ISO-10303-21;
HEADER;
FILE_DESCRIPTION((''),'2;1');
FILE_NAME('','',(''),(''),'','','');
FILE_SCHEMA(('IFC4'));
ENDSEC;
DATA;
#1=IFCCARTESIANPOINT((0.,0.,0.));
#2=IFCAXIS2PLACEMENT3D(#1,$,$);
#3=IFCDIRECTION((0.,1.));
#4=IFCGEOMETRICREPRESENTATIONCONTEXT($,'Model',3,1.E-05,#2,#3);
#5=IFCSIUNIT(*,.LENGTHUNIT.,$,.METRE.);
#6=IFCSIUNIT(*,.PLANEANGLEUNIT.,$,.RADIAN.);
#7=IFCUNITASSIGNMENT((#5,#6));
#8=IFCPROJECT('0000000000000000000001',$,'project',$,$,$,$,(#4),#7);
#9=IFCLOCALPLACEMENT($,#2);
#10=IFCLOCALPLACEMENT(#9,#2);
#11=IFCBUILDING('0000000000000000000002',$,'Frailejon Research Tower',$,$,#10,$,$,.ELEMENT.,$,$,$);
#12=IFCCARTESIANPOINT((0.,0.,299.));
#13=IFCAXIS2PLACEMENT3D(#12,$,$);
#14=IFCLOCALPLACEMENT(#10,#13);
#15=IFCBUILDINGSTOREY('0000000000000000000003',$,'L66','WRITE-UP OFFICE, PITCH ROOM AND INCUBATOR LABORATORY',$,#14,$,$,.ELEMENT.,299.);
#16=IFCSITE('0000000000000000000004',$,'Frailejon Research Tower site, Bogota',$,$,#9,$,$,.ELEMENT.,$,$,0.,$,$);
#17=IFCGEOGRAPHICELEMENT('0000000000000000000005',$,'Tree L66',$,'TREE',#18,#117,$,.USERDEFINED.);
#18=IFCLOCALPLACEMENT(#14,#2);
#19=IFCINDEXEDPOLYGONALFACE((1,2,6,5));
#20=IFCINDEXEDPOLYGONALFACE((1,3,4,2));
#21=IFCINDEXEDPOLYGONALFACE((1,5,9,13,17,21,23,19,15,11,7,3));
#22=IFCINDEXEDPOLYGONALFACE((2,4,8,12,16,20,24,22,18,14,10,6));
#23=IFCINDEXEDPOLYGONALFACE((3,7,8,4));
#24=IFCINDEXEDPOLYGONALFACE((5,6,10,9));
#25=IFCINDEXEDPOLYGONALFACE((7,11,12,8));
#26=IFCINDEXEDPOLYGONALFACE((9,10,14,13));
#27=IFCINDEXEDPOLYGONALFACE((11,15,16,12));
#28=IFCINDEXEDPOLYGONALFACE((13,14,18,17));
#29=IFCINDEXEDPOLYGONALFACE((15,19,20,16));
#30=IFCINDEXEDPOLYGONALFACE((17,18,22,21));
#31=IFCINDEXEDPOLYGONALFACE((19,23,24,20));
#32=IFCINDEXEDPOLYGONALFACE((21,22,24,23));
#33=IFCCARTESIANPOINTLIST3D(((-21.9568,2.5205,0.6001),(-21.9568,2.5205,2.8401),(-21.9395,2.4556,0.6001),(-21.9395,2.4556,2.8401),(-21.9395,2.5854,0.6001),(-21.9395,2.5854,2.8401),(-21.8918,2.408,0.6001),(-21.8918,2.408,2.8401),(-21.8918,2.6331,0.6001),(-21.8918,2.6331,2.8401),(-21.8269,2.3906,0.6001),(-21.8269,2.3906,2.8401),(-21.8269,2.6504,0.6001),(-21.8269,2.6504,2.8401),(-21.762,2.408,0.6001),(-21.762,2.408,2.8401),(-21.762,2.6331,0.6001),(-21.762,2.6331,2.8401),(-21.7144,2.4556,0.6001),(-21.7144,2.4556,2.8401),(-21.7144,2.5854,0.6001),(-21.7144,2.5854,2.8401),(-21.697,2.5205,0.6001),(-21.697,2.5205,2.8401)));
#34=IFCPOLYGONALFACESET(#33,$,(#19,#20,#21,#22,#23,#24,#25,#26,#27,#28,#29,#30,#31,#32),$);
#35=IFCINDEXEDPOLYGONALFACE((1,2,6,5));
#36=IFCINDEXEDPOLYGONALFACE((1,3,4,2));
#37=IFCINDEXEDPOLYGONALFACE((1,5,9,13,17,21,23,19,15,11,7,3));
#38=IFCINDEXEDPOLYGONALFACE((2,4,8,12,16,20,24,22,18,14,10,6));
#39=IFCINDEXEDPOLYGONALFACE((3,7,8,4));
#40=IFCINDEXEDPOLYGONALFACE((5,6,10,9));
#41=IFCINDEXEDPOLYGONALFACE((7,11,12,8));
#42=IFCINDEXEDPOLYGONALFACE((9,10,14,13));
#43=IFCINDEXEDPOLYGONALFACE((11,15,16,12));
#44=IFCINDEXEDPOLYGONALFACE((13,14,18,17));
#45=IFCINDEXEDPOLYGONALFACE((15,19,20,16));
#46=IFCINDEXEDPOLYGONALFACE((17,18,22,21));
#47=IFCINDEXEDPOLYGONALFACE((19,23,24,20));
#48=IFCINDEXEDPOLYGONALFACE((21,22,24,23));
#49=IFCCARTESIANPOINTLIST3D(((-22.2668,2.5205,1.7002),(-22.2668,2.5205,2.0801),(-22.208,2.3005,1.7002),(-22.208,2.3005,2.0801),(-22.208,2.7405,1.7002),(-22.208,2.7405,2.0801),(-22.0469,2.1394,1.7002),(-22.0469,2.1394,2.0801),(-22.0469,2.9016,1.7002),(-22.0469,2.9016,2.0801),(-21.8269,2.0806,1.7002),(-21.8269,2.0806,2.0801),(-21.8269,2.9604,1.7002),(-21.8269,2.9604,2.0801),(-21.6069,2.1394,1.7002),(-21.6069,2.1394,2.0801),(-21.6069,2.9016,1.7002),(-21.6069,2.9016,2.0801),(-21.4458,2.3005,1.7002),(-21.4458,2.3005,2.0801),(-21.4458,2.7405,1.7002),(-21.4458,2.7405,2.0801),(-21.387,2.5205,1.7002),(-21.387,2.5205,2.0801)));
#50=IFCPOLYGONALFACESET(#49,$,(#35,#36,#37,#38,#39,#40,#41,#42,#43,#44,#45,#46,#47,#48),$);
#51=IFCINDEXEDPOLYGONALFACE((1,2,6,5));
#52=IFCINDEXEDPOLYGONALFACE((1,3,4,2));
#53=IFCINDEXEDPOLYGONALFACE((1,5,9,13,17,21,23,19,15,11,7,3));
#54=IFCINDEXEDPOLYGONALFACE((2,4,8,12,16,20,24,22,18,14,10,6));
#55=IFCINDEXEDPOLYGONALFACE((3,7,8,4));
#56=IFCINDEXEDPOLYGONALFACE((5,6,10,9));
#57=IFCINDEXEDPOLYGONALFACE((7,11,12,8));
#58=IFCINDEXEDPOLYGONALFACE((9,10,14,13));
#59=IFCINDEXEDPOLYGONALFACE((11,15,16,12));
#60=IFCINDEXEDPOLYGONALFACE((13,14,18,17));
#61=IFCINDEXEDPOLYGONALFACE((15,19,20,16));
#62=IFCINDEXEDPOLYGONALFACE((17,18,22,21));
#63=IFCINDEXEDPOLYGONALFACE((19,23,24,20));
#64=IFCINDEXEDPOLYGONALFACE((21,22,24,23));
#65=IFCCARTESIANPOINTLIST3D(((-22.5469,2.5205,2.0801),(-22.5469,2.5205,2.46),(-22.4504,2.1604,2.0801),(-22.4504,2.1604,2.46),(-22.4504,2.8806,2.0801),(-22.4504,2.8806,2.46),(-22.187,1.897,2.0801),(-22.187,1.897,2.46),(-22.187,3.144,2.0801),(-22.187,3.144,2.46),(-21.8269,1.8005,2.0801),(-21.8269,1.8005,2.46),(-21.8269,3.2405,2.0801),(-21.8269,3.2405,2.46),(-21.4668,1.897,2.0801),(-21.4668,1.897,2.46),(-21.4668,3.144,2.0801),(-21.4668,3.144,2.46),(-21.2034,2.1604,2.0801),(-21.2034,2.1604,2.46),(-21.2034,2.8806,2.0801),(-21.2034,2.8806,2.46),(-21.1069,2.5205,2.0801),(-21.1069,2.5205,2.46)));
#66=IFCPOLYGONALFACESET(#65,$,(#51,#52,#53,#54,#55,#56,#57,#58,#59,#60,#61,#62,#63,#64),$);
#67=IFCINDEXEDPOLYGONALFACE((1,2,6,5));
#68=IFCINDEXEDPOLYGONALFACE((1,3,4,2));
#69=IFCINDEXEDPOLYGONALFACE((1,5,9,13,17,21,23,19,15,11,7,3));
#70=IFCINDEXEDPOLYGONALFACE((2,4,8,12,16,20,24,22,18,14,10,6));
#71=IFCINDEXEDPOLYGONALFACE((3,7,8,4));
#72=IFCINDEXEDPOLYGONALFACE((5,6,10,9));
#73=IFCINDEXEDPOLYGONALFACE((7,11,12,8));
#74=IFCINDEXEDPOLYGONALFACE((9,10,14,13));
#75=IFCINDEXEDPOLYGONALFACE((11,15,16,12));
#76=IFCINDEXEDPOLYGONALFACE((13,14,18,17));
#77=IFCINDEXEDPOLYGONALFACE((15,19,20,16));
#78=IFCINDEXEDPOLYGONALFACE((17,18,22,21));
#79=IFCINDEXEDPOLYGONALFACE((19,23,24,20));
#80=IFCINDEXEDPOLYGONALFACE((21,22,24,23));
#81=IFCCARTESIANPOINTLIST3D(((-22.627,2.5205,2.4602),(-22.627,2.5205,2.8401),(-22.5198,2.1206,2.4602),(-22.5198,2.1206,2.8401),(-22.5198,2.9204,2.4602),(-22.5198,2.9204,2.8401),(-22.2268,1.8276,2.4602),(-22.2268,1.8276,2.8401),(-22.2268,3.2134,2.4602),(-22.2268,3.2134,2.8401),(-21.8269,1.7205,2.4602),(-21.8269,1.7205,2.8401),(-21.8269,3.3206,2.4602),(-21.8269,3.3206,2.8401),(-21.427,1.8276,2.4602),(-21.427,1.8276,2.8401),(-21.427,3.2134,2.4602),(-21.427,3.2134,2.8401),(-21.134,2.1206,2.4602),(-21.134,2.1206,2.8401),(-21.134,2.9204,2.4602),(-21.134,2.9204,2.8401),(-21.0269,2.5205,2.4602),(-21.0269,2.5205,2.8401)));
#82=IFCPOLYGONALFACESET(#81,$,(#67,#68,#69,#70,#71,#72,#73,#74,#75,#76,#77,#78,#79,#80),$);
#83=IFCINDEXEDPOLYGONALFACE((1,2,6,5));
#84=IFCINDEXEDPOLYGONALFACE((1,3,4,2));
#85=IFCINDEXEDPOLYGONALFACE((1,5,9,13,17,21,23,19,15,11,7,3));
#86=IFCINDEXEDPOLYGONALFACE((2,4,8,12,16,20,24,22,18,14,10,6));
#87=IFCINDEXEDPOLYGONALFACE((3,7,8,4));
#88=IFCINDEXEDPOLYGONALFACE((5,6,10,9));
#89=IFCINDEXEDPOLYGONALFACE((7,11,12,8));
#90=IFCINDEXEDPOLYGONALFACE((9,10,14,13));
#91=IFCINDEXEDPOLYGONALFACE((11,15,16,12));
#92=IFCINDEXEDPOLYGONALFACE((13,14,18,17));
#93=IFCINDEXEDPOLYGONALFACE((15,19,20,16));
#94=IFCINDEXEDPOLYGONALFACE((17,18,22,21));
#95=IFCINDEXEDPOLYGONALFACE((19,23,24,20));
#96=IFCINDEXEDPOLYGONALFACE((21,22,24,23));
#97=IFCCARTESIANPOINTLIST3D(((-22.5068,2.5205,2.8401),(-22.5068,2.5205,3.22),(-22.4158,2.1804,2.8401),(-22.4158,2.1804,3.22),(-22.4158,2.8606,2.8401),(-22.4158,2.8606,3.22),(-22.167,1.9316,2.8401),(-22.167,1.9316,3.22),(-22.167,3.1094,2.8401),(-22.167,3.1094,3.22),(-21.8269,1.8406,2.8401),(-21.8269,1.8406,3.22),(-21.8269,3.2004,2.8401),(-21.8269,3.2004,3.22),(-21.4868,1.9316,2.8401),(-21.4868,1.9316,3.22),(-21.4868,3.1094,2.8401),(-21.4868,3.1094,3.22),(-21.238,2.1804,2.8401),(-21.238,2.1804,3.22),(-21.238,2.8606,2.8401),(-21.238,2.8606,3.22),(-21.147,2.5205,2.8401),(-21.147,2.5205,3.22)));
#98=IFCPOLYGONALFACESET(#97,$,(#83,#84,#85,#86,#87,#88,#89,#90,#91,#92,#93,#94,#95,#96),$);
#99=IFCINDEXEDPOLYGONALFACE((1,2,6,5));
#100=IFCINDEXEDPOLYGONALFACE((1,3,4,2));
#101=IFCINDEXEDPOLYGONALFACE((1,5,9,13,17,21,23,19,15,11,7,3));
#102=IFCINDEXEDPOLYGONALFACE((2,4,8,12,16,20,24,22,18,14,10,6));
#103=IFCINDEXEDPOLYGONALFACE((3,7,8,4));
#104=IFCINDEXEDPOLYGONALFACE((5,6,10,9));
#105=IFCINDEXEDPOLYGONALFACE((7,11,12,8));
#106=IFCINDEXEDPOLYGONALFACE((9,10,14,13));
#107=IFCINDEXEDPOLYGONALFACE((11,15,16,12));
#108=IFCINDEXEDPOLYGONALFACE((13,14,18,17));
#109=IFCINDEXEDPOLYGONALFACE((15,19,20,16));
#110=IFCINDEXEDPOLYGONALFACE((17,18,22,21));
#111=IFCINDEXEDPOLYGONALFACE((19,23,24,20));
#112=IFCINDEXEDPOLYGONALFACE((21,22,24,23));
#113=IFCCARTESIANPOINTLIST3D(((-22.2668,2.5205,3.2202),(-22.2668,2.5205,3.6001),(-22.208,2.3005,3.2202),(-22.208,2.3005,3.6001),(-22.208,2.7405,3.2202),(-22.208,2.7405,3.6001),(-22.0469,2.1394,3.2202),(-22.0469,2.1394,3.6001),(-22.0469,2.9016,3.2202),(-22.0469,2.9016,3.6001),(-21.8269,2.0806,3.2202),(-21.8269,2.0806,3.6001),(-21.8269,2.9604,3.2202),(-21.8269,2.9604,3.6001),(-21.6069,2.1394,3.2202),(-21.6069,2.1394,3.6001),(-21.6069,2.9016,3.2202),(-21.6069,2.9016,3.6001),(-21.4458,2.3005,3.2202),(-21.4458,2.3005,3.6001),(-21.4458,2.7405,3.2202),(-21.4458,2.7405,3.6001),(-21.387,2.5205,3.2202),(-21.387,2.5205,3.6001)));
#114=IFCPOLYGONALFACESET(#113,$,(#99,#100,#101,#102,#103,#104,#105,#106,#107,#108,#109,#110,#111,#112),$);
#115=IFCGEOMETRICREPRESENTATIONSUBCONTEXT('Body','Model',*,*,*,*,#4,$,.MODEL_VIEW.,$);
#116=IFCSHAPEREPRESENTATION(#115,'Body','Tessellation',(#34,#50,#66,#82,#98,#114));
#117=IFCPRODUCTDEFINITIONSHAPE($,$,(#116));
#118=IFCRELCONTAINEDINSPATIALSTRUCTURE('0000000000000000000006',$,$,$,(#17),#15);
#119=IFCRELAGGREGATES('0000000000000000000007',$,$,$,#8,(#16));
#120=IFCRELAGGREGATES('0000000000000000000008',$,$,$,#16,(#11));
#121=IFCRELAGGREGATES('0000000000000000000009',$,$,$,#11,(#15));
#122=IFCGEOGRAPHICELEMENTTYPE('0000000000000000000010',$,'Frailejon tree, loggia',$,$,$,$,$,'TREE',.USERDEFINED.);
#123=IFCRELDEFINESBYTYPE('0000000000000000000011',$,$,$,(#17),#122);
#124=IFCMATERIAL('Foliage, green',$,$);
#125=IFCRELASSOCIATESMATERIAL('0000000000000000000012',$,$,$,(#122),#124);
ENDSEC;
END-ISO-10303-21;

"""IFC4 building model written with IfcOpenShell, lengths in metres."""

from ifc_helpers import new_model, si_unit, direction, frame, origin, place, context, subcontext, project, spatial, polyline, outline, extrude, material, type_object, element, save


model = new_model("IFC4")

# Units and contexts
model_context = context("Model", 3, precision=1e-05, world=origin(), true_north=direction((0.0, 1.0)))
body_context = subcontext(model_context, "Body", "Model", "MODEL_VIEW")
ifc_project = project(units=[si_unit("LENGTHUNIT", "METRE"), si_unit("PLANEANGLEUNIT", "RADIAN")], contexts=[model_context])

# Site, building, storey
site_placement = place(None, origin())
site = spatial("IfcSite", under=ifc_project, at=site_placement, Name="Frailejon Research Tower site, Bogota", CompositionType="ELEMENT", RefElevation=0.0)
building_placement = place(site_placement, origin())
building = spatial("IfcBuilding", under=site, at=building_placement, Name="Frailejon Research Tower", CompositionType="ELEMENT")
storey_placement = place(building_placement, frame((0.0, 0.0, 299.0)))
storey = spatial("IfcBuildingStorey", under=building, at=storey_placement, Name="L66", Description="WRITE-UP OFFICE, PITCH ROOM AND INCUBATOR LABORATORY", CompositionType="ELEMENT", Elevation=299.0)

# Geographic element
ifc_material_1 = material(Name="Foliage, green")
geographic_element_type = type_object("IfcGeographicElementType", Name="Frailejon tree, loggia", ElementType="TREE", PredefinedType="USERDEFINED", material=ifc_material_1)
geographic_element_placement = place(storey_placement, frame((-21.8269, 2.5205, 0.6001)))
element("IfcGeographicElement", 1, at=geographic_element_placement, inside=storey, type_object=geographic_element_type, Name="Tree L66", ObjectType="TREE", PredefinedType="USERDEFINED", context=body_context, shape_type="SweptSolid", body=[
    extrude(outline(polyline([(0.1299, 0.0), (0.1125, 0.0649), (0.0649, 0.1125), (0.0, 0.1299), (-0.0649, 0.1125), (-0.1125, 0.0649), (-0.1299, 0.0), (-0.1125, -0.0649), (-0.0649, -0.1125), (0.0, -0.1299), (0.0649, -0.1125), (0.1125, -0.0649), (0.1299, 0.0)])), origin(), (0.0, 0.0, 1.0), 2.24),
    extrude(outline(polyline([(0.4399, 0.0), (0.3811, 0.22), (0.22, 0.3811), (0.0, 0.4399), (-0.22, 0.3811), (-0.3811, 0.22), (-0.4399, 0.0), (-0.3811, -0.22), (-0.22, -0.3811), (0.0, -0.4399), (0.22, -0.3811), (0.3811, -0.22), (0.4399, 0.0)])), frame((0.0, 0.0, 1.1001)), (0.0, 0.0, 1.0), 0.3799),
    extrude(outline(polyline([(0.72, 0.0), (0.6235, 0.3601), (0.3601, 0.6235), (0.0, 0.72), (-0.3601, 0.6235), (-0.6235, 0.3601), (-0.72, 0.0), (-0.6235, -0.3601), (-0.3601, -0.6235), (0.0, -0.72), (0.3601, -0.6235), (0.6235, -0.3601), (0.72, 0.0)])), frame((0.0, 0.0, 1.48)), (0.0, 0.0, 1.0), 0.3799),
    extrude(outline(polyline([(0.8, 0.0), (0.6929, 0.3999), (0.3999, 0.6929), (0.0, 0.8), (-0.3999, 0.6929), (-0.6929, 0.3999), (-0.8, 0.0), (-0.6929, -0.3999), (-0.3999, -0.6929), (0.0, -0.8), (0.3999, -0.6929), (0.6929, -0.3999), (0.8, 0.0)])), frame((0.0, 0.0, 1.8601)), (0.0, 0.0, 1.0), 0.3799),
    extrude(outline(polyline([(0.6799, 0.0), (0.5889, 0.3401), (0.3401, 0.5889), (0.0, 0.6799), (-0.3401, 0.5889), (-0.5889, 0.3401), (-0.6799, 0.0), (-0.5889, -0.3401), (-0.3401, -0.5889), (0.0, -0.6799), (0.3401, -0.5889), (0.5889, -0.3401), (0.6799, 0.0)])), frame((0.0, 0.0, 2.24)), (0.0, 0.0, 1.0), 0.3799),
    extrude(outline(polyline([(0.4399, 0.0), (0.3811, 0.22), (0.22, 0.3811), (0.0, 0.4399), (-0.22, 0.3811), (-0.3811, 0.22), (-0.4399, 0.0), (-0.3811, -0.22), (-0.22, -0.3811), (0.0, -0.4399), (0.22, -0.3811), (0.3811, -0.22), (0.4399, 0.0)])), frame((0.0, 0.0, 2.6201)), (0.0, 0.0, 1.0), 0.3799),
])

save(model, "model.ifc")
